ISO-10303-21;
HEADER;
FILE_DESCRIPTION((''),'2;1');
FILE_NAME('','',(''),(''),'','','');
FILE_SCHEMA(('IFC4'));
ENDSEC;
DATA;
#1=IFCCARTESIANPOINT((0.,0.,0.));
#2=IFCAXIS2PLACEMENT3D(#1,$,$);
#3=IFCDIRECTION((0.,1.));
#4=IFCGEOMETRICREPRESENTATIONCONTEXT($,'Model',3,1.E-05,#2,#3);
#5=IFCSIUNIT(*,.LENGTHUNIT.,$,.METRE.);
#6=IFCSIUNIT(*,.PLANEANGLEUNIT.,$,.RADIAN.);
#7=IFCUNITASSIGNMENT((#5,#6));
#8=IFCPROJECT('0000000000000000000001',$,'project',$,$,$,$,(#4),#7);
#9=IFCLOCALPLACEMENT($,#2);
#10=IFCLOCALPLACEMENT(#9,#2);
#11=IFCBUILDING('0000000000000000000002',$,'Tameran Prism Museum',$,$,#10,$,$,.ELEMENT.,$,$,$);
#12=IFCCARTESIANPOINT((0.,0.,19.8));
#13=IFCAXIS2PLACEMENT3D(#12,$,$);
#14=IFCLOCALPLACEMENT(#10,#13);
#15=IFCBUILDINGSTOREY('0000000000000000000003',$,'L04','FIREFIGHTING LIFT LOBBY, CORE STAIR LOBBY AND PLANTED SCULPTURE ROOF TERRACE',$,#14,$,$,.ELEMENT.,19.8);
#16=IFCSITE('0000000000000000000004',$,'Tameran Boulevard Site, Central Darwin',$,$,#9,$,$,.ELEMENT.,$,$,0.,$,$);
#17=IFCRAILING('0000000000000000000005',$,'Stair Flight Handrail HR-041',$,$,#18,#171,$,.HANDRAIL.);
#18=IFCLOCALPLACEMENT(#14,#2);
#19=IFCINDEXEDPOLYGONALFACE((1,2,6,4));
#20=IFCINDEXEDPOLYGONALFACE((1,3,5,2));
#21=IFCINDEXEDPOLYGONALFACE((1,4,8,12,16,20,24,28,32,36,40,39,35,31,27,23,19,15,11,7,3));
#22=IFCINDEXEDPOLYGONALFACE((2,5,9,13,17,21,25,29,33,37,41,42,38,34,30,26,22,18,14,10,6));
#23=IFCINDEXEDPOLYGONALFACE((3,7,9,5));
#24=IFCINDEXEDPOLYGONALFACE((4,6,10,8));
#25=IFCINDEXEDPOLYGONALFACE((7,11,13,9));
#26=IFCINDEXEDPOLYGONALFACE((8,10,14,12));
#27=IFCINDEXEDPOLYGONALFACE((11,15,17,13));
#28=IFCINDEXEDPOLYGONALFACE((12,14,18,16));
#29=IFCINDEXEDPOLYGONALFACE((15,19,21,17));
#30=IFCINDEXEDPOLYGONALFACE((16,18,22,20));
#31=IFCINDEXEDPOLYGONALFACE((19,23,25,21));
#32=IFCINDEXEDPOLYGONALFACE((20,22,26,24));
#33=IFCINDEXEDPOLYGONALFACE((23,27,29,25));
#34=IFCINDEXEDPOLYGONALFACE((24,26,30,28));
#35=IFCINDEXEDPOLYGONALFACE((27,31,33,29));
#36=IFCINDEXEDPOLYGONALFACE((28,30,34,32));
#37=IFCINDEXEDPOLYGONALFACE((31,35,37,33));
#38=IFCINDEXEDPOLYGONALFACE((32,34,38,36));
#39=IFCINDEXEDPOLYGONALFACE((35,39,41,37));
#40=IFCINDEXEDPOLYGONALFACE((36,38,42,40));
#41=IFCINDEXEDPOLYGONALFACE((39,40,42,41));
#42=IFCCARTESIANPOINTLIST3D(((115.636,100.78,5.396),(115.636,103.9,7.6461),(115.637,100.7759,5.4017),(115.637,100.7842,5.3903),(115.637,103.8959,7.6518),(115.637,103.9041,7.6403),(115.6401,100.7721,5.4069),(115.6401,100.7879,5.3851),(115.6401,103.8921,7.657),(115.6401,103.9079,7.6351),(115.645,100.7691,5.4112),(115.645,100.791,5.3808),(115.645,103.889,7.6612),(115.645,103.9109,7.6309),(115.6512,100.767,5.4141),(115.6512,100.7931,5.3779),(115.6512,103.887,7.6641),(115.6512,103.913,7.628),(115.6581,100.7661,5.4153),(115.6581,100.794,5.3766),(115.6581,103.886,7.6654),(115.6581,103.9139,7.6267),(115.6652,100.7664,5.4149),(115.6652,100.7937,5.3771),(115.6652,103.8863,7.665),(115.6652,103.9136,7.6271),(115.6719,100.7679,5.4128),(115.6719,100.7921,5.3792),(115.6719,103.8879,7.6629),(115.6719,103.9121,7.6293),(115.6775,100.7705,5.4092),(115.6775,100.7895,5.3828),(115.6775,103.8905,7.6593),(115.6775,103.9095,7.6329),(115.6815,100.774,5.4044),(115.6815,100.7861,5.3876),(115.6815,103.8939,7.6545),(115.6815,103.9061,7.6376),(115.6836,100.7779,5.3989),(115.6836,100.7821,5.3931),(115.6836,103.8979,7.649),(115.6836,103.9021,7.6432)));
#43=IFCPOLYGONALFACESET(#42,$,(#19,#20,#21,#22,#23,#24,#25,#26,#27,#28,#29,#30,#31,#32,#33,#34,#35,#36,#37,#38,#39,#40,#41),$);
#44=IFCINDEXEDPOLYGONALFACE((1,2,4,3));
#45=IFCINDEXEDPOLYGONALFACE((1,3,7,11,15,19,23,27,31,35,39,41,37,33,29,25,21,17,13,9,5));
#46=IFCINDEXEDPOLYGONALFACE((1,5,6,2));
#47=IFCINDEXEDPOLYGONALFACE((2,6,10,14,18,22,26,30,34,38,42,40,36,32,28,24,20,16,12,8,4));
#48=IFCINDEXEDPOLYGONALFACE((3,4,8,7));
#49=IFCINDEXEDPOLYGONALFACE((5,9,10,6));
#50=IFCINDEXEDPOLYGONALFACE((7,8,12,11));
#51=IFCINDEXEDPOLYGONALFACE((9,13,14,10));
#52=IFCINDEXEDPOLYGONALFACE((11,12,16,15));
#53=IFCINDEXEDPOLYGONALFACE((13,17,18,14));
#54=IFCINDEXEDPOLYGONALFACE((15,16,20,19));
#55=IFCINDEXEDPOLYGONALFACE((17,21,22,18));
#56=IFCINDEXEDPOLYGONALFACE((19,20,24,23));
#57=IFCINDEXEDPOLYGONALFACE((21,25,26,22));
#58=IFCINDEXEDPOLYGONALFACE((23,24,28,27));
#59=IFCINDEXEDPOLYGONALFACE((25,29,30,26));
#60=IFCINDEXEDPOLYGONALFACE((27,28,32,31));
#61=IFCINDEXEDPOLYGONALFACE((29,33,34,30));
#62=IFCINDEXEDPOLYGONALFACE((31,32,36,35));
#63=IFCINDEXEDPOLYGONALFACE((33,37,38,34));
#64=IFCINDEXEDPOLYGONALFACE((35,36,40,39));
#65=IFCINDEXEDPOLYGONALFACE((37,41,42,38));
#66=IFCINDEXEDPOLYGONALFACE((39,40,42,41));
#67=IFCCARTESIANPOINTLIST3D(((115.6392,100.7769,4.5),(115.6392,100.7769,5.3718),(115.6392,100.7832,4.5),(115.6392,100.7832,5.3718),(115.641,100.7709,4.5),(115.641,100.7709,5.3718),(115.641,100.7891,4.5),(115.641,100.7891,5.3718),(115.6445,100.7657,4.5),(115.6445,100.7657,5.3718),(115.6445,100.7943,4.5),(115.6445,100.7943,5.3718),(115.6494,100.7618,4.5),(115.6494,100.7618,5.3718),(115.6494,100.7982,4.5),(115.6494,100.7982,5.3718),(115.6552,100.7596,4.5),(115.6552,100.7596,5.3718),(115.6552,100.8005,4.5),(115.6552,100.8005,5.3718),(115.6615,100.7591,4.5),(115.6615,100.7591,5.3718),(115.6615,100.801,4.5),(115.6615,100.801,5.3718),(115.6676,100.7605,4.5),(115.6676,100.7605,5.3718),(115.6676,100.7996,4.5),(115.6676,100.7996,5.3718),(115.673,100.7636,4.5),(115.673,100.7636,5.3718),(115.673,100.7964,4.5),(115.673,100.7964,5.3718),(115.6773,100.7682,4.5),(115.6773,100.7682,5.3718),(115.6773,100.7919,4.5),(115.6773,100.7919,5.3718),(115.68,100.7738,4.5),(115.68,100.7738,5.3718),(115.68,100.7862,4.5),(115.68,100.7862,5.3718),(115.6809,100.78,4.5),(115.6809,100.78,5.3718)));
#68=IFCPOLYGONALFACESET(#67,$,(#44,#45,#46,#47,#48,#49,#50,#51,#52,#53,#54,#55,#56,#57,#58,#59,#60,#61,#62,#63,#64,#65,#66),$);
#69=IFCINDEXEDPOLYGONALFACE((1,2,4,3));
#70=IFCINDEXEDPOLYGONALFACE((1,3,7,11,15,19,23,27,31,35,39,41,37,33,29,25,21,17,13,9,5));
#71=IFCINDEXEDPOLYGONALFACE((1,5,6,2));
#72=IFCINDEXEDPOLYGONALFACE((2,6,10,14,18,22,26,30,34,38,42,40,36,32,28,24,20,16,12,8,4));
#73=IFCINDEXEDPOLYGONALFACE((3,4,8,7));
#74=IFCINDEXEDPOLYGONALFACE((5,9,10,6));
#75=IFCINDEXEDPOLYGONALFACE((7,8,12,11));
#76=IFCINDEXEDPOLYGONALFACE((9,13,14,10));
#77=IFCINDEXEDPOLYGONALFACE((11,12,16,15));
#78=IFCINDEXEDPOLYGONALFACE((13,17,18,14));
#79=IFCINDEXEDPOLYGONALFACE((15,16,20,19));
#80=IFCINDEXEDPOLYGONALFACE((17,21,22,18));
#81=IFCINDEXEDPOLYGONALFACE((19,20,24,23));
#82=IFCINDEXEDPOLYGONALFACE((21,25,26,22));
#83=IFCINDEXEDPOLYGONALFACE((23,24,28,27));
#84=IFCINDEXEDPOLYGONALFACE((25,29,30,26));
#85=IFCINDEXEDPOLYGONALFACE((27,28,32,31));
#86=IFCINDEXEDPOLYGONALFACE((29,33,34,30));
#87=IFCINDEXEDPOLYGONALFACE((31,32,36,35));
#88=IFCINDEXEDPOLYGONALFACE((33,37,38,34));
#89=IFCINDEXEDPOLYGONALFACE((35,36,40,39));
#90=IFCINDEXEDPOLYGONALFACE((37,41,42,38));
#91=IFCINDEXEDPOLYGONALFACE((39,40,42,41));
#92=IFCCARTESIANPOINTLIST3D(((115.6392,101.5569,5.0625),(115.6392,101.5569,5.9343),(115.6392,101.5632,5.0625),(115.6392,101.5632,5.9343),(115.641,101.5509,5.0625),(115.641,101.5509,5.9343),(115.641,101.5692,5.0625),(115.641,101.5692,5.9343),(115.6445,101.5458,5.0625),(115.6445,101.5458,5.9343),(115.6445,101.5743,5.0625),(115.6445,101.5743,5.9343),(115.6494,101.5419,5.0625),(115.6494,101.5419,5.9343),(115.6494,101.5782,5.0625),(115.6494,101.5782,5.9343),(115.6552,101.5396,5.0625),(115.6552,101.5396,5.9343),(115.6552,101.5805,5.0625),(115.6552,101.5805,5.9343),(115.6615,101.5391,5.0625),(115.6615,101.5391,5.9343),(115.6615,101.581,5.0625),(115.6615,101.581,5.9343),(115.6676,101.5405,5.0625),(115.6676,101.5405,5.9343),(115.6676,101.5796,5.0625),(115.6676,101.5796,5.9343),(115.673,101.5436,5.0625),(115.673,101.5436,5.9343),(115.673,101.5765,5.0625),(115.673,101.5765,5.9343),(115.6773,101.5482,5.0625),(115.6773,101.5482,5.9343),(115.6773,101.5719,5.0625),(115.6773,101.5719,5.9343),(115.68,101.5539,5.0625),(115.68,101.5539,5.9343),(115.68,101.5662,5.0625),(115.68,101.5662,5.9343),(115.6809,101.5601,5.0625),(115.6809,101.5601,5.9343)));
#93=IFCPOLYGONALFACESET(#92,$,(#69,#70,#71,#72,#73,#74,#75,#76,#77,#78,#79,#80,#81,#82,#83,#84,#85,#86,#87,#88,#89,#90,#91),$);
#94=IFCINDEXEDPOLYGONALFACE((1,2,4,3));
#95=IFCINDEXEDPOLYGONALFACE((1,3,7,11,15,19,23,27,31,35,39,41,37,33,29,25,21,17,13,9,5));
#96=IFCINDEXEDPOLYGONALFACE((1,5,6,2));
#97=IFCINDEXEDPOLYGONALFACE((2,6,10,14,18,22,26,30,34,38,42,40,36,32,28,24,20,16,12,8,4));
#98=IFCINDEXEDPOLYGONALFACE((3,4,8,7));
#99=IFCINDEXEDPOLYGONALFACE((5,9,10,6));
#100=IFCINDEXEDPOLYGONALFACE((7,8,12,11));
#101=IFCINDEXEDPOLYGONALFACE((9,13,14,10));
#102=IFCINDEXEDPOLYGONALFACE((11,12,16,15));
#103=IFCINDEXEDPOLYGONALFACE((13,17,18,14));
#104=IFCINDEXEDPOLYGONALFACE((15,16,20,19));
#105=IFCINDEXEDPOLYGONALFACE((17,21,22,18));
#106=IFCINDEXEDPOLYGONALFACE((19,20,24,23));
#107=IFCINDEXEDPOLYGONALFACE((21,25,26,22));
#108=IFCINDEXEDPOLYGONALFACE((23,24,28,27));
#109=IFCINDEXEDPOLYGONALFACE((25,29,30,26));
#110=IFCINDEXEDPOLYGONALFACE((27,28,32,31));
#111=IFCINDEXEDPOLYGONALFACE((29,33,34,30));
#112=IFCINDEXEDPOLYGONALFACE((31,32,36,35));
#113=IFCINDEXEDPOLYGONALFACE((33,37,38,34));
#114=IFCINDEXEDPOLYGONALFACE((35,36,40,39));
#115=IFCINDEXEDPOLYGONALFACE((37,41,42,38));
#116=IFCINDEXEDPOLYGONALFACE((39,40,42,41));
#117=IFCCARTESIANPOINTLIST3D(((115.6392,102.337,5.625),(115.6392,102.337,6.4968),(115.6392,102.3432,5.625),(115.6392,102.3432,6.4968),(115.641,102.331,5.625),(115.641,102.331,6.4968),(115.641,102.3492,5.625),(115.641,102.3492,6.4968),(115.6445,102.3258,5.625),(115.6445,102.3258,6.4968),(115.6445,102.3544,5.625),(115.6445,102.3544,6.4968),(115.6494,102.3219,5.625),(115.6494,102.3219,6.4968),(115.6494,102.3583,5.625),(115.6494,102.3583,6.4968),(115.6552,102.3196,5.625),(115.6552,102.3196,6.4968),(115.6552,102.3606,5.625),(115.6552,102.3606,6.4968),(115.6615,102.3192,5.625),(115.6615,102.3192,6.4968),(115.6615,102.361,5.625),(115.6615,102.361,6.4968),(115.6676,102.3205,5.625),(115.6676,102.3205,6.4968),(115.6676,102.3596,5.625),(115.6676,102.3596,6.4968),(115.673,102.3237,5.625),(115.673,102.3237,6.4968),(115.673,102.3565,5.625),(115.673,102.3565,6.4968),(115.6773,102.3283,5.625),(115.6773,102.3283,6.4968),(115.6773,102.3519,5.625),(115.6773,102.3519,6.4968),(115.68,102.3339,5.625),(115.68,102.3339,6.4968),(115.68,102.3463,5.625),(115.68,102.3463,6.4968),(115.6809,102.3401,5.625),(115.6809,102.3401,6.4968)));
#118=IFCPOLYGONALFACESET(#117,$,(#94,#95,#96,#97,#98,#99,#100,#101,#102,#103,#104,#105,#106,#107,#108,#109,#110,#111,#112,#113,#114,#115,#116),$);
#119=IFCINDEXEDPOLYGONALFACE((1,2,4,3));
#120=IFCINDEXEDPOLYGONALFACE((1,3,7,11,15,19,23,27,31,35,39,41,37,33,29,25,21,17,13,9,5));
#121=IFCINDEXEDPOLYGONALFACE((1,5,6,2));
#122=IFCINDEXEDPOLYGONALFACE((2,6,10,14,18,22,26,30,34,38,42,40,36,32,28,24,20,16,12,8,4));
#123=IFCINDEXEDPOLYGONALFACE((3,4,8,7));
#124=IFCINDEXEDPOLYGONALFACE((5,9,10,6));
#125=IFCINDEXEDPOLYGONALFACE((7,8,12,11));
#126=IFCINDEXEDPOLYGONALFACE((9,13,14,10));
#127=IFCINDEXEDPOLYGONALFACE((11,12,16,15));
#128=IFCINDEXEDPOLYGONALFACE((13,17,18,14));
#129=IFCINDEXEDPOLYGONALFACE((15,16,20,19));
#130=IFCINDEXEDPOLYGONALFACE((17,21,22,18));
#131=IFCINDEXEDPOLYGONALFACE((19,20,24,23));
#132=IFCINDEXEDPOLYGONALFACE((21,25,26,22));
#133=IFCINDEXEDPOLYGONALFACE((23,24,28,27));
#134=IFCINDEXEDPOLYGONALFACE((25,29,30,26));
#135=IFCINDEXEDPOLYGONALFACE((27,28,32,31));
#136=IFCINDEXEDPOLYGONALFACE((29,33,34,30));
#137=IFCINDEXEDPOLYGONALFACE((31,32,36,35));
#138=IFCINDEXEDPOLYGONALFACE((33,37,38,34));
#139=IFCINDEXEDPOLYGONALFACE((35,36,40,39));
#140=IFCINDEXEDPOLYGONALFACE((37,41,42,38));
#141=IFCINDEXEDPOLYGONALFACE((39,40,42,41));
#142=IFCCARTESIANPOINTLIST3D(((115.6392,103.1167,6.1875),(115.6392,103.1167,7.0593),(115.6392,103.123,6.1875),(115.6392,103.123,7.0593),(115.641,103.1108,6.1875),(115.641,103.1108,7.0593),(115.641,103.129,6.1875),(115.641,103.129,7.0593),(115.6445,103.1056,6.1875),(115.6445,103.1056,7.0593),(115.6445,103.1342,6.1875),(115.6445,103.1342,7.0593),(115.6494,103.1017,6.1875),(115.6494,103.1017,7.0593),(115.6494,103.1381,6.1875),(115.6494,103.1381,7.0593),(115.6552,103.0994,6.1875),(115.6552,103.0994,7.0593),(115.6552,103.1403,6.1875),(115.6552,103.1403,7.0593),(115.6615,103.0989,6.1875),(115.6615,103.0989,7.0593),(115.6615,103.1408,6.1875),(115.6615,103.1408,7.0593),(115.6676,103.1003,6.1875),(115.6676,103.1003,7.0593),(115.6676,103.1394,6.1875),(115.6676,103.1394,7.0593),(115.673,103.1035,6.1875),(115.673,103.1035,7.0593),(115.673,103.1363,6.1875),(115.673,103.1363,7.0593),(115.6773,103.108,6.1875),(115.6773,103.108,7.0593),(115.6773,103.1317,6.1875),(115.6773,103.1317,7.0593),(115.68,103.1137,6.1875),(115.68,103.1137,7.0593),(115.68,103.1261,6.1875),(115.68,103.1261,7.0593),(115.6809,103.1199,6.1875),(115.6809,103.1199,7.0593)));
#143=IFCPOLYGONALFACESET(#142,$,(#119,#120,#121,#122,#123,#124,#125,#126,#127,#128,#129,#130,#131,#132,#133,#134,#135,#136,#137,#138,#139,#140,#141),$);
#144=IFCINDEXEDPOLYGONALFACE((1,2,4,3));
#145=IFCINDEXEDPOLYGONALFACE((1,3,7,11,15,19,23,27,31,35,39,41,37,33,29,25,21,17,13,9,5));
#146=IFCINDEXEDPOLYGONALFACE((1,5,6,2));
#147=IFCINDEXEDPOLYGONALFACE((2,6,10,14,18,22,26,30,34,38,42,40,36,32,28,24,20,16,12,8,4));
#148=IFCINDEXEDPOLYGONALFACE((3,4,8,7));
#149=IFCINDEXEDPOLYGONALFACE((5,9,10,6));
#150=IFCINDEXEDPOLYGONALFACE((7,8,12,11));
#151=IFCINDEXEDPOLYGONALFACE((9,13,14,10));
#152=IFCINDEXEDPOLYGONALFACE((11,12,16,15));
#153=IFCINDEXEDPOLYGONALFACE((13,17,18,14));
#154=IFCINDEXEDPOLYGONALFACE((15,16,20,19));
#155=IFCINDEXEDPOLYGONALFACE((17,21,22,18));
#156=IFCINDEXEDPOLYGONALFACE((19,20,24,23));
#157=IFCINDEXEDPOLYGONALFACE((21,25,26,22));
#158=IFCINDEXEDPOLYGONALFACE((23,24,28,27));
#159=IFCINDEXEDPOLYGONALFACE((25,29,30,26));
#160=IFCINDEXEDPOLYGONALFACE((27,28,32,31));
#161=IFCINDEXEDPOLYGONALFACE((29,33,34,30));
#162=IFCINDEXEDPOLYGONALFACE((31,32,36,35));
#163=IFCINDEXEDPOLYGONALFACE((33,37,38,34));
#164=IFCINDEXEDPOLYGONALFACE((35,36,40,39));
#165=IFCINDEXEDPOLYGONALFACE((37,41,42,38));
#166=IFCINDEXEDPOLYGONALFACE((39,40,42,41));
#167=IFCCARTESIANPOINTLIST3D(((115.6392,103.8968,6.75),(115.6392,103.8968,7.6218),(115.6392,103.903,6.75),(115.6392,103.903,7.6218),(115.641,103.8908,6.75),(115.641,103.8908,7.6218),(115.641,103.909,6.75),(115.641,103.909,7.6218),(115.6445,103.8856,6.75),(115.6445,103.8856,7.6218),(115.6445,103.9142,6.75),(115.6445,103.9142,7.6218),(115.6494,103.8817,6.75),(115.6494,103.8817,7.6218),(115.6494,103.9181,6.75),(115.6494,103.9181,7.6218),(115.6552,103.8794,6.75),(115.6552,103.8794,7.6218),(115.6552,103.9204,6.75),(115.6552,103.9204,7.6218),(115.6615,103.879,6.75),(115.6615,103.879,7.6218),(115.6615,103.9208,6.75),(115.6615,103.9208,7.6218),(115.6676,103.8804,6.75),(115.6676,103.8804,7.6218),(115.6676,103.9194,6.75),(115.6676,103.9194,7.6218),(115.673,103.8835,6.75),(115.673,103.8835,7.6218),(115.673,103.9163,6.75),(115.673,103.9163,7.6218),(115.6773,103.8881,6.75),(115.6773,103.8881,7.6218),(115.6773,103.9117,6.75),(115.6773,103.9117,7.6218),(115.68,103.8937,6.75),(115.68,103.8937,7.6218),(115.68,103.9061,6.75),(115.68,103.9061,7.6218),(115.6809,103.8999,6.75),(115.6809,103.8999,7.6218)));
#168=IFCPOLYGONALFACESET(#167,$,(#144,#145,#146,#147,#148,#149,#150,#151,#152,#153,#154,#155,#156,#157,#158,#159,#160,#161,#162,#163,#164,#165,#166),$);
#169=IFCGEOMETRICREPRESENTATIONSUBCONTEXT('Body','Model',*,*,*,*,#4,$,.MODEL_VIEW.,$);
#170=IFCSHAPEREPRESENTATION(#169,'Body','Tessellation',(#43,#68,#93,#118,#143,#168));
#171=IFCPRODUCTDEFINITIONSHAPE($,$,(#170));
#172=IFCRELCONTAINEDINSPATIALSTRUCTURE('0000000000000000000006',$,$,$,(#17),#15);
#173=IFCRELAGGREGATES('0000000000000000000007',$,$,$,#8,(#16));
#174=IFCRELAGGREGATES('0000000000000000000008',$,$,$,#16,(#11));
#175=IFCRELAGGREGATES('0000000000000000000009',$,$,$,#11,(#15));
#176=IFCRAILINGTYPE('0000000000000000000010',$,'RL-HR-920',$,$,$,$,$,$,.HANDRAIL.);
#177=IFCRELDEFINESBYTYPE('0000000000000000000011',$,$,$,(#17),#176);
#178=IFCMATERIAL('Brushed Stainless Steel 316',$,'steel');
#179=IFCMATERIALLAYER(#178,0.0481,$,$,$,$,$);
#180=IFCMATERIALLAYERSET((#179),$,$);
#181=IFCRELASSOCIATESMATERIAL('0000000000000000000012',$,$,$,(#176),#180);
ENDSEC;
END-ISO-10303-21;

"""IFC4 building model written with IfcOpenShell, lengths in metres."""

from ifc_helpers import new_model, si_unit, direction, frame, origin, origin_2d, place, context, subcontext, project, spatial, circle, extrude, material, layer, layer_set, type_object, element, save


model = new_model("IFC4")

# Units and contexts
model_context = context("Model", 3, precision=1e-05, world=origin(), true_north=direction((0.0, 1.0)))
body_context = subcontext(model_context, "Body", "Model", "MODEL_VIEW")
ifc_project = project(units=[si_unit("LENGTHUNIT", "METRE"), si_unit("PLANEANGLEUNIT", "RADIAN")], contexts=[model_context])

# Site, building, storey
site_placement = place(None, origin())
site = spatial("IfcSite", under=ifc_project, at=site_placement, Name="Tameran Boulevard Site, Central Darwin", CompositionType="ELEMENT", RefElevation=0.0)
building_placement = place(site_placement, origin())
building = spatial("IfcBuilding", under=site, at=building_placement, Name="Tameran Prism Museum", CompositionType="ELEMENT")
storey_placement = place(building_placement, frame((0.0, 0.0, 19.8)))
storey = spatial("IfcBuildingStorey", under=building, at=storey_placement, Name="L04", Description="FIREFIGHTING LIFT LOBBY, CORE STAIR LOBBY AND PLANTED SCULPTURE ROOF TERRACE", CompositionType="ELEMENT", Elevation=19.8)

# Railing
ifc_material_1 = material(Name="Brushed Stainless Steel 316", Category="steel")
ifc_layer_1 = layer(ifc_material_1, 0.0481)
ifc_layer_set_1 = layer_set([ifc_layer_1])
railing_type_1 = type_object("IfcRailingType", Name="RL-HR-920", PredefinedType="HANDRAIL", material=ifc_layer_set_1)
for number, where, name in (
    (1, (115.6599, 100.78, 4.5), "Stair Flight Handrail HR-041"),
):
    element("IfcRailing", number, at=place(storey_placement, frame(where)), inside=storey, type_object=railing_type_1, Name=name, PredefinedType="HANDRAIL", context=body_context, shape_type="SweptSolid", body=[
        extrude(circle(Radius=0.0239, at=origin_2d()), frame((0.0, 0.0, 0.896), z_axis=(0.0, 0.811079, 0.584937), x_axis=(-1.0, 0.0, 0.0)), (0.0, 0.0, 1.0), 3.8467),
        extrude(circle(Radius=0.021, at=origin_2d()), origin(), (0.0, 0.0, 1.0), 0.8718),
        extrude(circle(Radius=0.021, at=origin_2d()), frame((0.0, 0.78, 0.5625)), (0.0, 0.0, 1.0), 0.8718),
        extrude(circle(Radius=0.021, at=origin_2d()), frame((0.0, 1.5601, 1.125)), (0.0, 0.0, 1.0), 0.8718),
        extrude(circle(Radius=0.021, at=origin_2d()), frame((0.0, 2.3398, 1.6875)), (0.0, 0.0, 1.0), 0.8718),
        extrude(circle(Radius=0.021, at=origin_2d()), frame((0.0, 3.1199, 2.25)), (0.0, 0.0, 1.0), 0.8718),
    ])

save(model, "model.ifc")
